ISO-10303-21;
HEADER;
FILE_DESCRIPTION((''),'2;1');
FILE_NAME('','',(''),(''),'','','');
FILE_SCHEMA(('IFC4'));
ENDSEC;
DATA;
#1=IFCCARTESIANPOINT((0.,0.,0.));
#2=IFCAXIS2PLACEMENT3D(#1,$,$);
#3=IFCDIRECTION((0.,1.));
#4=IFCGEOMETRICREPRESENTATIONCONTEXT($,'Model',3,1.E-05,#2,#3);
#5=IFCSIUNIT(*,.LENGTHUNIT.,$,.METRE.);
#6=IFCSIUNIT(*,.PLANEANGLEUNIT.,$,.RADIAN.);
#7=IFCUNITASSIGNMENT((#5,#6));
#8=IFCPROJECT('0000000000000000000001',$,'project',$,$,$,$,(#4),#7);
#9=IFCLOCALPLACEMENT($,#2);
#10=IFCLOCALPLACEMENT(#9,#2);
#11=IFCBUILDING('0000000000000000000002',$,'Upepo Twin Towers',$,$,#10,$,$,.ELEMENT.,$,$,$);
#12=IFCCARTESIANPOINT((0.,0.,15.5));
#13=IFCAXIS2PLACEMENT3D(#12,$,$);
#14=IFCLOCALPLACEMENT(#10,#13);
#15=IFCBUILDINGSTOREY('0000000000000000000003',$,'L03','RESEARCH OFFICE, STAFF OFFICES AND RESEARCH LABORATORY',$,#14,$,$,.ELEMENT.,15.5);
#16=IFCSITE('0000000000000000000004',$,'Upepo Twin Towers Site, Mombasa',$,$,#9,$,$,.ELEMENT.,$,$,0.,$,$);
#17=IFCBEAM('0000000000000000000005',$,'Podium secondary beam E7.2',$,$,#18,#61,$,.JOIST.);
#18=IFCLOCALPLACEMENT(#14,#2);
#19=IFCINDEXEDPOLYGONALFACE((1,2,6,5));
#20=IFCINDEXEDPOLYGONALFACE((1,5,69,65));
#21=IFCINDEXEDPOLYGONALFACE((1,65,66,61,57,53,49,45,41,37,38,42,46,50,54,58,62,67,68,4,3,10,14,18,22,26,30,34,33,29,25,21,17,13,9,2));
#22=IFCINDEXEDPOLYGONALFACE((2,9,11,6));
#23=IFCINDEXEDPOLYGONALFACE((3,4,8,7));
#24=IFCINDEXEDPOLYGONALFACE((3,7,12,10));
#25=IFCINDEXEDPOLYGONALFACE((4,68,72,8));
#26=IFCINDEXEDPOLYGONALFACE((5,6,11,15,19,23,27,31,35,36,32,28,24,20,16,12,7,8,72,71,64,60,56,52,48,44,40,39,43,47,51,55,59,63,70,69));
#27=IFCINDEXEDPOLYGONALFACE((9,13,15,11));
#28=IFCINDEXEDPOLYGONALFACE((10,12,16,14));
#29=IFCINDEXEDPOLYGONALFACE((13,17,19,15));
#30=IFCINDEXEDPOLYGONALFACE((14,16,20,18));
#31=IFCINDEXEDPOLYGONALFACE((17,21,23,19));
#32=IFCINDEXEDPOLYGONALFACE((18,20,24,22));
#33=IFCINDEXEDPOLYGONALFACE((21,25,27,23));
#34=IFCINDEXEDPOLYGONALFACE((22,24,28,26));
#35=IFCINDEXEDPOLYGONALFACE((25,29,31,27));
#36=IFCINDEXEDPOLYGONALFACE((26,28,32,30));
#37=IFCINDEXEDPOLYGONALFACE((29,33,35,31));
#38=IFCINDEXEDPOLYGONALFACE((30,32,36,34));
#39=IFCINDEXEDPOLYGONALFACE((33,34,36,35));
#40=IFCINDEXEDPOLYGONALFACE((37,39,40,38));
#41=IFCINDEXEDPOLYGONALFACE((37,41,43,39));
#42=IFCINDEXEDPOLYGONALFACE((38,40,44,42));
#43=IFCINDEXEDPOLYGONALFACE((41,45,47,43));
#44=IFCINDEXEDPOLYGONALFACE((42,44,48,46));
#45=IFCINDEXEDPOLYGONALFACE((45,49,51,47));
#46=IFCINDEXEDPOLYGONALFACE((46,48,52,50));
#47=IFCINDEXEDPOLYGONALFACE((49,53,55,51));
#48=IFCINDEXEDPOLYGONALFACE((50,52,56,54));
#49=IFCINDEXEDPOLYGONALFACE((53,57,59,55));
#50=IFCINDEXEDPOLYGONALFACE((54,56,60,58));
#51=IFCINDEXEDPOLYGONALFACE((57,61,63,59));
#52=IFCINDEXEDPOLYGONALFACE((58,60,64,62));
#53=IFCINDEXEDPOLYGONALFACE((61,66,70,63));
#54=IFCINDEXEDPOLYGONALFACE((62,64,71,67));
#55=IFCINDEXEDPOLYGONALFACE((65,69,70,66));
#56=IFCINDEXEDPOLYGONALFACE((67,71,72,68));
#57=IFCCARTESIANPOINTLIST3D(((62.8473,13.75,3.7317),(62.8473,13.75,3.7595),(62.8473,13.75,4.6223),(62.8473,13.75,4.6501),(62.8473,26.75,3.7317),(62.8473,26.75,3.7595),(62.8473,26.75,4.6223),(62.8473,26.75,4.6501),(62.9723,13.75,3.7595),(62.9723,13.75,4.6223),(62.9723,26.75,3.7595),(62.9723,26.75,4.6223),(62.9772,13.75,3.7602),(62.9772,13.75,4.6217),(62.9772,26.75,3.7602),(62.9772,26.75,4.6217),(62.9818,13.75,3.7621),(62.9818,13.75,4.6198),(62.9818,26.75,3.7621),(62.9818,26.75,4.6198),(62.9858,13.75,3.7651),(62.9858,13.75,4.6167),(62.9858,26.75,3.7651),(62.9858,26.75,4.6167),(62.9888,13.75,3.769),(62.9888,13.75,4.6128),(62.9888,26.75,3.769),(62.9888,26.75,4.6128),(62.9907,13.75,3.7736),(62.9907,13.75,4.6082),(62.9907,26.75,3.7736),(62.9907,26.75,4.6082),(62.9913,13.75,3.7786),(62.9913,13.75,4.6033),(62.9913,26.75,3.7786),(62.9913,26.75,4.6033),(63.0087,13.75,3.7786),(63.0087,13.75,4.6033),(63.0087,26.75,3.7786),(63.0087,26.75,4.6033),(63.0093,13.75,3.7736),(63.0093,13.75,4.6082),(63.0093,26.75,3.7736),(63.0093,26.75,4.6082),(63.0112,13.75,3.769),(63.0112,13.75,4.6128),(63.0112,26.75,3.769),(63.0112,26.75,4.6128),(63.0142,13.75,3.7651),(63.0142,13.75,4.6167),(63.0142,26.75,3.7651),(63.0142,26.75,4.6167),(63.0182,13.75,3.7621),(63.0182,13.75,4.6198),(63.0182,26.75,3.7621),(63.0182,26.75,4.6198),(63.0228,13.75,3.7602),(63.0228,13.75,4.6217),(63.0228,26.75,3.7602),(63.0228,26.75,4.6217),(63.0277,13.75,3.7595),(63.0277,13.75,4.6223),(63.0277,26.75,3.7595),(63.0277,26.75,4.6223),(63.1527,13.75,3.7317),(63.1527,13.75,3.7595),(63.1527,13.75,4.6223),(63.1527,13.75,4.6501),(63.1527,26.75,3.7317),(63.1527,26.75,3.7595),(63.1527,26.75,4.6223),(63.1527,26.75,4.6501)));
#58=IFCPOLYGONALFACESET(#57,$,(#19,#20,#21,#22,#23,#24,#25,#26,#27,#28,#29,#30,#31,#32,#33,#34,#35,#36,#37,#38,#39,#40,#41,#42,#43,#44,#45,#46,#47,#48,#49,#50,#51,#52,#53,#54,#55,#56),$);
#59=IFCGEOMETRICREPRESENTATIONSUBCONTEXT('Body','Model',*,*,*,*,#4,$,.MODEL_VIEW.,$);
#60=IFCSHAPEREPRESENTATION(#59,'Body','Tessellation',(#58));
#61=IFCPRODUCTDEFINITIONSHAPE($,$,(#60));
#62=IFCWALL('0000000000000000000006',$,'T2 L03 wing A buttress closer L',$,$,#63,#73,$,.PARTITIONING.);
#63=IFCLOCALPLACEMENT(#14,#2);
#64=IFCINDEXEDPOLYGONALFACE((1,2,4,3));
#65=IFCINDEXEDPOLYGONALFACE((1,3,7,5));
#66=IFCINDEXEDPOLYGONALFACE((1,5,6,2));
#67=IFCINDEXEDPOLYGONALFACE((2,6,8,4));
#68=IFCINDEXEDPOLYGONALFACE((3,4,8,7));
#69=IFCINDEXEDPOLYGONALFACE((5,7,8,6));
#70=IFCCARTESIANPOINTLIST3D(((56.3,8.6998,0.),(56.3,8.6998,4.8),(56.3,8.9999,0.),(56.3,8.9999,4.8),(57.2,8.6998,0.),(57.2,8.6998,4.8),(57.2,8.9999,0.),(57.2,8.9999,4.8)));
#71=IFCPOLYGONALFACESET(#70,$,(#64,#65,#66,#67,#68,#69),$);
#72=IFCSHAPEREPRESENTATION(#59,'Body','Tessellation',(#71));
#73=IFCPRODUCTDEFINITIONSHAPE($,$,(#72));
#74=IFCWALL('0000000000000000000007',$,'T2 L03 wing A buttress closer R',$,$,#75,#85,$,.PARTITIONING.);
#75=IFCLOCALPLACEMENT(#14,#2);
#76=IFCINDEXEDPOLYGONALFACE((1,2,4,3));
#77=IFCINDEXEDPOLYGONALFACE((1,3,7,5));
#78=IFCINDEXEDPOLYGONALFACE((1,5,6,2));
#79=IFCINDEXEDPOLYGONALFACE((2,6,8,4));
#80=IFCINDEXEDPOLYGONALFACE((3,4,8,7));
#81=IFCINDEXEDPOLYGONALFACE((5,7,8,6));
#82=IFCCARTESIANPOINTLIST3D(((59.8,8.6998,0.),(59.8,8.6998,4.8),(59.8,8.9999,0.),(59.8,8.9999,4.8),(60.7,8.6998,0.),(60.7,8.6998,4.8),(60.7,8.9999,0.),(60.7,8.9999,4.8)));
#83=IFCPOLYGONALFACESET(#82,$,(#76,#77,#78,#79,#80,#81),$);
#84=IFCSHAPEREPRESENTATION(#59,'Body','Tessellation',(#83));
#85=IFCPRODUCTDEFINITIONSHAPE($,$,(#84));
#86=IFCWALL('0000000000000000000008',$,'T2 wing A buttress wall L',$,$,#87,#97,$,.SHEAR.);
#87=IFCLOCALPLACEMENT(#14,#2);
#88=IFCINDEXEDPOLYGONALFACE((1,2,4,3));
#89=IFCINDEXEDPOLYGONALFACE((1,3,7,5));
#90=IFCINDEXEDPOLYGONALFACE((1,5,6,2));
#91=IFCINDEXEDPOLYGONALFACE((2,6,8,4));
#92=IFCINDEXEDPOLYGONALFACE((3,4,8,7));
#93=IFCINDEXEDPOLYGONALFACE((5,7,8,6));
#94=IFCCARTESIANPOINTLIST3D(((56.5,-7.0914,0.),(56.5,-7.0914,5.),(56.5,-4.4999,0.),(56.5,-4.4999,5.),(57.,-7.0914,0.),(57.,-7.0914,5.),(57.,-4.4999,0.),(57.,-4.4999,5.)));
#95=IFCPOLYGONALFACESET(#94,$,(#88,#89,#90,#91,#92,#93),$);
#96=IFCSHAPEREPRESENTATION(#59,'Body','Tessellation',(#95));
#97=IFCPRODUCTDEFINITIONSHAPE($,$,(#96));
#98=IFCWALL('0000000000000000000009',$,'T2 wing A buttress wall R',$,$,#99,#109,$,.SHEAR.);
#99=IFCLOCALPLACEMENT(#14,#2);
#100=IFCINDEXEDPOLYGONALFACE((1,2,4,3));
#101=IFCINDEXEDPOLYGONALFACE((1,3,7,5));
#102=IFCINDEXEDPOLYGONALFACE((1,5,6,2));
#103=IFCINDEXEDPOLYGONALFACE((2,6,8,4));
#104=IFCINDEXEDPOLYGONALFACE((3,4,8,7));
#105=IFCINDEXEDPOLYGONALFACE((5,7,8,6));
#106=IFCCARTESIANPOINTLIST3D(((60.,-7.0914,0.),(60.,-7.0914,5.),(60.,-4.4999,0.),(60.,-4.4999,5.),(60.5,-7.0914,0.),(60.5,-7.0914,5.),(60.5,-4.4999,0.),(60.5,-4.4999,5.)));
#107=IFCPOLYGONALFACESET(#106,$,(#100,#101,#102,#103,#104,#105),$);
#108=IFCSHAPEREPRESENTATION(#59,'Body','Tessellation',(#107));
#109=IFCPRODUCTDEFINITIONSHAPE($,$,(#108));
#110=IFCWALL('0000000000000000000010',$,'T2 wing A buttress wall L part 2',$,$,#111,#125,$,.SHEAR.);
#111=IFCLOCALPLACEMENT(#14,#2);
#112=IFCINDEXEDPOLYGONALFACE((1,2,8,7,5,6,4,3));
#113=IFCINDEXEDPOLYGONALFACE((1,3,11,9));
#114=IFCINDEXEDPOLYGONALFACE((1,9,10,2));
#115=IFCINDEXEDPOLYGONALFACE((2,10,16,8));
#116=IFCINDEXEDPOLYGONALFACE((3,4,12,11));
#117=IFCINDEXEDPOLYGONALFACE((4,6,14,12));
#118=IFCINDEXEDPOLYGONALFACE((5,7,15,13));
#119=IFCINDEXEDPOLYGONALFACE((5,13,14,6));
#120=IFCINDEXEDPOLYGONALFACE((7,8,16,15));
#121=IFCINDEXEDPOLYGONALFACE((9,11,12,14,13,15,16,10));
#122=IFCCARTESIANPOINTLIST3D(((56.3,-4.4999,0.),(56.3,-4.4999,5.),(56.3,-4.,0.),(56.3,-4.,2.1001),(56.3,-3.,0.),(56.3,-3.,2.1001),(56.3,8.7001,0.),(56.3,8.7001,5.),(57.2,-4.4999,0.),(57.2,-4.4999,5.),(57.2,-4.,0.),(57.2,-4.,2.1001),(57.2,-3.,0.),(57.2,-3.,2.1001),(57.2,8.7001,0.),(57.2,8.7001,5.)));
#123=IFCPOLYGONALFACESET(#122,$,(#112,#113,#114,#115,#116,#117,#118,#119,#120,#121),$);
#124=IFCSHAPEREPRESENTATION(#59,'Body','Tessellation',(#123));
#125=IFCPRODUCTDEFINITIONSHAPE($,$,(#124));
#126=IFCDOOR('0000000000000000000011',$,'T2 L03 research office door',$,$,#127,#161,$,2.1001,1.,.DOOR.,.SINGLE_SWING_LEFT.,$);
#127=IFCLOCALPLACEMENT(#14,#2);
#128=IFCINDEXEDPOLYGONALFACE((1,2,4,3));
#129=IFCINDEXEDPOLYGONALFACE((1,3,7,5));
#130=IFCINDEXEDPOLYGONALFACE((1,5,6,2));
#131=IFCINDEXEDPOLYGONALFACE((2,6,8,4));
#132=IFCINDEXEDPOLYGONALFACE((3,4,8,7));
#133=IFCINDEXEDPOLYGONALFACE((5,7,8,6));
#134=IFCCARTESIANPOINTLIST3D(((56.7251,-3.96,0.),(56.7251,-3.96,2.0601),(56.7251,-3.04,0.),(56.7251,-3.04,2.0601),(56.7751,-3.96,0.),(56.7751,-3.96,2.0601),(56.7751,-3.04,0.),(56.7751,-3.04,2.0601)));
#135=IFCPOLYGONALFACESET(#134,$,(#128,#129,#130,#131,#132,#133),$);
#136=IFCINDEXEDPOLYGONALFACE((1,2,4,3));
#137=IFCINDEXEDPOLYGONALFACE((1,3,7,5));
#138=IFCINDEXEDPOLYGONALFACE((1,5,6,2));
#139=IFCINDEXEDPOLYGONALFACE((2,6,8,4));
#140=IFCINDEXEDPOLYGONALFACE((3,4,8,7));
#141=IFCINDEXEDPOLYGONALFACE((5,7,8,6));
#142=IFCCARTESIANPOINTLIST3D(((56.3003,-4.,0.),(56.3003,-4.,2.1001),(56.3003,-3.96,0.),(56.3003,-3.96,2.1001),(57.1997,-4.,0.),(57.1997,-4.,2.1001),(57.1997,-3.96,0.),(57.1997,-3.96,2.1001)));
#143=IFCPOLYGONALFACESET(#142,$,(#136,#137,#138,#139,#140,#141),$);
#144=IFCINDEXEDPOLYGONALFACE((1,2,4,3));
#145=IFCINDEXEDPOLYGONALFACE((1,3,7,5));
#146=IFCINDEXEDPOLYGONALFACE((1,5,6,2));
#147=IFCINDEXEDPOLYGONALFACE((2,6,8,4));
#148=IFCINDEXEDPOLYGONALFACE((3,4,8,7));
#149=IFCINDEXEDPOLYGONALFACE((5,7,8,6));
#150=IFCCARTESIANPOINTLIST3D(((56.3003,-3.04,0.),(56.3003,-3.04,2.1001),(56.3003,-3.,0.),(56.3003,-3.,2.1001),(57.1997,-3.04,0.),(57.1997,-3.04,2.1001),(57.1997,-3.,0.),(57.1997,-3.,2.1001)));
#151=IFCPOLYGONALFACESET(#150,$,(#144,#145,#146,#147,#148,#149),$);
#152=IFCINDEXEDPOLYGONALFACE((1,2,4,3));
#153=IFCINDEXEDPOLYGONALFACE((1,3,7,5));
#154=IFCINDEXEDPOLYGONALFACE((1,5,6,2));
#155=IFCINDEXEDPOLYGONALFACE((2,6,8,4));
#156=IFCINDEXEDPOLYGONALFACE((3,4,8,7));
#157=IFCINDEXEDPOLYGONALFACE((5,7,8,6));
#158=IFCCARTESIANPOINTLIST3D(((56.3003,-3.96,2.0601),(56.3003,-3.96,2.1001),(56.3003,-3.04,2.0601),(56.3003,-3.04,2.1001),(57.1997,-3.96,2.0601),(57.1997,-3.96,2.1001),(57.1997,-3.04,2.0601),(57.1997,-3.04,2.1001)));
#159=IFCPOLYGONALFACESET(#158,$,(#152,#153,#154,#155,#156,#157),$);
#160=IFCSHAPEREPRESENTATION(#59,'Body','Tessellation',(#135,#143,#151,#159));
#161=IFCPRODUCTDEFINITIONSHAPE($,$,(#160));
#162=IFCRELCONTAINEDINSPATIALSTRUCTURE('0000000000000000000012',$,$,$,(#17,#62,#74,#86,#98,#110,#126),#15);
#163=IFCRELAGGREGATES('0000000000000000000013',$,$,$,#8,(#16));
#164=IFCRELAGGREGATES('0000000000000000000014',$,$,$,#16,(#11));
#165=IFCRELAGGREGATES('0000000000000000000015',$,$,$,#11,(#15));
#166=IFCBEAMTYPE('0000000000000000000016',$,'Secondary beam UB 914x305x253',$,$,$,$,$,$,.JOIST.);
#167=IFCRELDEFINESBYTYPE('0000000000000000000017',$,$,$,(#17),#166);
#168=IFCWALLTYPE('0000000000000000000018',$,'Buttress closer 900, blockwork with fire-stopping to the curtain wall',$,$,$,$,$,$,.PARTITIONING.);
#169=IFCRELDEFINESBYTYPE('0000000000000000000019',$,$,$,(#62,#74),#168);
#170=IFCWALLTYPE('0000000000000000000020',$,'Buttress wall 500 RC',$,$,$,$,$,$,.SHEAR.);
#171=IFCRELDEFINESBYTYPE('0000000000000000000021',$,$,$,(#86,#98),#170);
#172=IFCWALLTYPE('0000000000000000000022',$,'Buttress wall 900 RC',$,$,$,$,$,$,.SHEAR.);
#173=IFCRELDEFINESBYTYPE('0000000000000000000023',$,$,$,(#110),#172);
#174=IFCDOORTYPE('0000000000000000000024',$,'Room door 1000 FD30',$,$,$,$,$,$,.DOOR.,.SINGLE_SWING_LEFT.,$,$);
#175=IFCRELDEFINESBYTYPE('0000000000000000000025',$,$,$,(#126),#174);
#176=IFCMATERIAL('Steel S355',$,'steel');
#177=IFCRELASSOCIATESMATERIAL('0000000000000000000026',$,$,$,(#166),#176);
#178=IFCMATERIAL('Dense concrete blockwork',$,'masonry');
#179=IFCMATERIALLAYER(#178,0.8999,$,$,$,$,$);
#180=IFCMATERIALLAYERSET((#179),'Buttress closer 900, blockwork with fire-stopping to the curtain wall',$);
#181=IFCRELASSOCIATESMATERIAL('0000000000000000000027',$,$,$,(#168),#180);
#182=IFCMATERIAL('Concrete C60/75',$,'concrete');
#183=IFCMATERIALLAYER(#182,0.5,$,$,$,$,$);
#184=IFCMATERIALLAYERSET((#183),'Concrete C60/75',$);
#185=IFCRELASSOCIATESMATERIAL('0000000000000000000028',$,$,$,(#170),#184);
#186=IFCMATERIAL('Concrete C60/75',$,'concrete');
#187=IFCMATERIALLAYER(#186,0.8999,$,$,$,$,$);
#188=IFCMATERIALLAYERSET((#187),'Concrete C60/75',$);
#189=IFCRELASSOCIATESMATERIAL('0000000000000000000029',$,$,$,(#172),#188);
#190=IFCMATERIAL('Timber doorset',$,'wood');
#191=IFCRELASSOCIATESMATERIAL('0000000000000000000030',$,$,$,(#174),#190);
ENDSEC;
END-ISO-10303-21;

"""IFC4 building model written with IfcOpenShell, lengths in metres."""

from ifc_helpers import new_model, si_unit, direction, frame, frame_2d, origin, origin_2d, place, context, subcontext, project, spatial, rectangle, i_section, extrude, material, layer, layer_set, material_profile, profile_set, type_object, element, fill, save


model = new_model("IFC4")

# Units and contexts
model_context = context("Model", 3, precision=1e-05, world=origin(), true_north=direction((0.0, 1.0)))
body_context = subcontext(model_context, "Body", "Model", "MODEL_VIEW")
ifc_project = project(units=[si_unit("LENGTHUNIT", "METRE"), si_unit("PLANEANGLEUNIT", "RADIAN")], contexts=[model_context])

# Site, building, storey
site_placement = place(None, origin())
site = spatial("IfcSite", under=ifc_project, at=site_placement, Name="Upepo Twin Towers Site, Mombasa", CompositionType="ELEMENT", RefElevation=0.0)
building_placement = place(site_placement, origin())
building = spatial("IfcBuilding", under=site, at=building_placement, Name="Upepo Twin Towers", CompositionType="ELEMENT")
storey_placement = place(building_placement, frame((0.0, 0.0, 15.5)))
storey = spatial("IfcBuildingStorey", under=building, at=storey_placement, Name="L03", Description="RESEARCH OFFICE, STAFF OFFICES AND RESEARCH LABORATORY", CompositionType="ELEMENT", Elevation=15.5)

# Beam
ifc_material_1 = material(Name="Steel S355", Category="steel")
ifc_material_profile_1 = material_profile(ifc_material_1, i_section(OverallWidth=0.3054, OverallDepth=0.9185, WebThickness=0.0173, FlangeThickness=0.0278, FilletRadius=0.019, at=origin_2d()), Name="UB 914x305x253")
ifc_profile_set_1 = profile_set([ifc_material_profile_1], Name="Steel S355")
beam_type_1 = type_object("IfcBeamType", Name="Secondary beam UB 914x305x253", PredefinedType="JOIST", material=ifc_profile_set_1)
for number, where, z_axis, x_axis, name in (
    (1, (63.0, 13.75, 4.1909), (0.0, 1.0, 0.0), (-1.0, 0.0, 0.0), "Podium secondary beam E7.2"),
):
    element("IfcBeam", number, at=place(storey_placement, frame(where, z_axis=z_axis, x_axis=x_axis)), inside=storey, type_object=beam_type_1, Name=name, PredefinedType="JOIST", context=body_context, shape_type="SweptSolid", body=[
        extrude(i_section(OverallWidth=0.3054, OverallDepth=0.9185, WebThickness=0.0173, FlangeThickness=0.0278, FilletRadius=0.019, at=origin_2d()), origin(), (0.0, 0.0, 1.0), 13.0),
    ])

# Walls
ifc_material_2 = material(Name="Dense concrete blockwork", Category="masonry")
ifc_layer_1 = layer(ifc_material_2, 0.8999)
ifc_layer_set_1 = layer_set([ifc_layer_1], Name="Buttress closer 900, blockwork with fire-stopping to the curtain wall")
wall_type_1 = type_object("IfcWallType", Name="Buttress closer 900, blockwork with fire-stopping to the curtain wall", PredefinedType="PARTITIONING", material=ifc_layer_set_1)
for number, where, z_axis, x_axis, name in (
    (2, (56.75, 8.7, 0.0), (0.0, 0.0, 1.0), (0.0, 1.0, 0.0), "T2 L03 wing A buttress closer L"),
    (3, (60.25, 8.7, 0.0), (0.0, 0.0, 1.0), (0.0, 1.0, 0.0), "T2 L03 wing A buttress closer R"),
):
    element("IfcWall", number, at=place(storey_placement, frame(where, z_axis=z_axis, x_axis=x_axis)), inside=storey, type_object=wall_type_1, Name=name, PredefinedType="PARTITIONING", context=body_context, shape_type="SweptSolid", body=[
        extrude(rectangle(XDim=0.3, YDim=0.8999, at=frame_2d((0.1499, 0.0))), origin(), (0.0, 0.0, 1.0), 4.8),
    ])
ifc_material_3 = material(Name="Concrete C60/75", Category="concrete")
ifc_layer_2 = layer(ifc_material_3, 0.5)
ifc_layer_set_2 = layer_set([ifc_layer_2], Name="Concrete C60/75")
wall_type_2 = type_object("IfcWallType", Name="Buttress wall 500 RC", PredefinedType="SHEAR", material=ifc_layer_set_2)
for number, where, z_axis, x_axis, name in (
    (4, (56.75, -7.0916, 0.0), (0.0, 0.0, 1.0), (0.0, 1.0, 0.0), "T2 wing A buttress wall L"),
    (5, (60.25, -7.0916, 0.0), (0.0, 0.0, 1.0), (0.0, 1.0, 0.0), "T2 wing A buttress wall R"),
):
    element("IfcWall", number, at=place(storey_placement, frame(where, z_axis=z_axis, x_axis=x_axis)), inside=storey, type_object=wall_type_2, Name=name, PredefinedType="SHEAR", context=body_context, shape_type="SweptSolid", body=[
        extrude(rectangle(XDim=2.5916, YDim=0.5, at=frame_2d((1.2959, 0.0))), origin(), (0.0, 0.0, 1.0), 5.0),
    ])

# Wall, opening, door
ifc_material_4 = material(Name="Concrete C60/75", Category="concrete")
ifc_layer_3 = layer(ifc_material_4, 0.8999)
ifc_layer_set_3 = layer_set([ifc_layer_3], Name="Concrete C60/75")
wall_type_3 = type_object("IfcWallType", Name="Buttress wall 900 RC", PredefinedType="SHEAR", material=ifc_layer_set_3)
wall_1_placement = place(storey_placement, frame((56.75, -4.5, 0.0), z_axis=(0.0, 0.0, 1.0), x_axis=(0.0, 1.0, 0.0)))
wall_1 = element("IfcWall", 6, at=wall_1_placement, inside=storey, type_object=wall_type_3, Name="T2 wing A buttress wall L part 2", PredefinedType="SHEAR", context=body_context, shape_type="SweptSolid", body=[
    extrude(rectangle(XDim=13.2, YDim=0.8999, at=frame_2d((6.6001, 0.0))), origin(), (0.0, 0.0, 1.0), 5.0),
])
opening_1_placement = place(wall_1_placement, frame((0.5, 0.0, 0.0)))
opening_1 = element("IfcOpeningElement", 7, at=opening_1_placement, cuts=wall_1, PredefinedType="OPENING", context=body_context, shape_type="SweptSolid", body=[
    extrude(rectangle(XDim=1.0, YDim=2.1001, at=frame_2d((0.5, 1.05))), frame((0.0, 0.46, 0.0), z_axis=(0.0, -1.0, 0.0), x_axis=(1.0, 0.0, 0.0)), (0.0, 0.0, 1.0), 0.9199),
])
ifc_material_5 = material(Name="Timber doorset", Category="wood")
door_type_1 = type_object("IfcDoorType", Name="Room door 1000 FD30", OperationType="SINGLE_SWING_LEFT", PredefinedType="DOOR", material=ifc_material_5)
door_1_placement = place(opening_1_placement, origin())
door_1 = element("IfcDoor", 8, at=door_1_placement, inside=storey, type_object=door_type_1, Name="T2 L03 research office door", OperationType="SINGLE_SWING_LEFT", OverallHeight=2.1001, OverallWidth=1.0, PredefinedType="DOOR", context=body_context, shape_type="SweptSolid", body=[
    extrude(rectangle(XDim=0.92, YDim=2.0601, at=frame_2d((0.5, 1.03))), frame((0.0, 0.0249, 0.0), z_axis=(0.0, -1.0, 0.0), x_axis=(1.0, 0.0, 0.0)), (0.0, 0.0, 1.0), 0.05),
    extrude(rectangle(XDim=0.04, YDim=2.1001, at=frame_2d((0.02, 1.05))), frame((0.0, 0.4497, 0.0), z_axis=(0.0, -1.0, 0.0), x_axis=(1.0, 0.0, 0.0)), (0.0, 0.0, 1.0), 0.8994),
    extrude(rectangle(XDim=0.04, YDim=2.1001, at=frame_2d((0.98, 1.05))), frame((0.0, 0.4497, 0.0), z_axis=(0.0, -1.0, 0.0), x_axis=(1.0, 0.0, 0.0)), (0.0, 0.0, 1.0), 0.8994),
    extrude(rectangle(XDim=0.92, YDim=0.04, at=frame_2d((0.5, 2.0801))), frame((0.0, 0.4497, 0.0), z_axis=(0.0, -1.0, 0.0), x_axis=(1.0, 0.0, 0.0)), (0.0, 0.0, 1.0), 0.8994),
])
fill(opening_1, door_1)

save(model, "model.ifc")
